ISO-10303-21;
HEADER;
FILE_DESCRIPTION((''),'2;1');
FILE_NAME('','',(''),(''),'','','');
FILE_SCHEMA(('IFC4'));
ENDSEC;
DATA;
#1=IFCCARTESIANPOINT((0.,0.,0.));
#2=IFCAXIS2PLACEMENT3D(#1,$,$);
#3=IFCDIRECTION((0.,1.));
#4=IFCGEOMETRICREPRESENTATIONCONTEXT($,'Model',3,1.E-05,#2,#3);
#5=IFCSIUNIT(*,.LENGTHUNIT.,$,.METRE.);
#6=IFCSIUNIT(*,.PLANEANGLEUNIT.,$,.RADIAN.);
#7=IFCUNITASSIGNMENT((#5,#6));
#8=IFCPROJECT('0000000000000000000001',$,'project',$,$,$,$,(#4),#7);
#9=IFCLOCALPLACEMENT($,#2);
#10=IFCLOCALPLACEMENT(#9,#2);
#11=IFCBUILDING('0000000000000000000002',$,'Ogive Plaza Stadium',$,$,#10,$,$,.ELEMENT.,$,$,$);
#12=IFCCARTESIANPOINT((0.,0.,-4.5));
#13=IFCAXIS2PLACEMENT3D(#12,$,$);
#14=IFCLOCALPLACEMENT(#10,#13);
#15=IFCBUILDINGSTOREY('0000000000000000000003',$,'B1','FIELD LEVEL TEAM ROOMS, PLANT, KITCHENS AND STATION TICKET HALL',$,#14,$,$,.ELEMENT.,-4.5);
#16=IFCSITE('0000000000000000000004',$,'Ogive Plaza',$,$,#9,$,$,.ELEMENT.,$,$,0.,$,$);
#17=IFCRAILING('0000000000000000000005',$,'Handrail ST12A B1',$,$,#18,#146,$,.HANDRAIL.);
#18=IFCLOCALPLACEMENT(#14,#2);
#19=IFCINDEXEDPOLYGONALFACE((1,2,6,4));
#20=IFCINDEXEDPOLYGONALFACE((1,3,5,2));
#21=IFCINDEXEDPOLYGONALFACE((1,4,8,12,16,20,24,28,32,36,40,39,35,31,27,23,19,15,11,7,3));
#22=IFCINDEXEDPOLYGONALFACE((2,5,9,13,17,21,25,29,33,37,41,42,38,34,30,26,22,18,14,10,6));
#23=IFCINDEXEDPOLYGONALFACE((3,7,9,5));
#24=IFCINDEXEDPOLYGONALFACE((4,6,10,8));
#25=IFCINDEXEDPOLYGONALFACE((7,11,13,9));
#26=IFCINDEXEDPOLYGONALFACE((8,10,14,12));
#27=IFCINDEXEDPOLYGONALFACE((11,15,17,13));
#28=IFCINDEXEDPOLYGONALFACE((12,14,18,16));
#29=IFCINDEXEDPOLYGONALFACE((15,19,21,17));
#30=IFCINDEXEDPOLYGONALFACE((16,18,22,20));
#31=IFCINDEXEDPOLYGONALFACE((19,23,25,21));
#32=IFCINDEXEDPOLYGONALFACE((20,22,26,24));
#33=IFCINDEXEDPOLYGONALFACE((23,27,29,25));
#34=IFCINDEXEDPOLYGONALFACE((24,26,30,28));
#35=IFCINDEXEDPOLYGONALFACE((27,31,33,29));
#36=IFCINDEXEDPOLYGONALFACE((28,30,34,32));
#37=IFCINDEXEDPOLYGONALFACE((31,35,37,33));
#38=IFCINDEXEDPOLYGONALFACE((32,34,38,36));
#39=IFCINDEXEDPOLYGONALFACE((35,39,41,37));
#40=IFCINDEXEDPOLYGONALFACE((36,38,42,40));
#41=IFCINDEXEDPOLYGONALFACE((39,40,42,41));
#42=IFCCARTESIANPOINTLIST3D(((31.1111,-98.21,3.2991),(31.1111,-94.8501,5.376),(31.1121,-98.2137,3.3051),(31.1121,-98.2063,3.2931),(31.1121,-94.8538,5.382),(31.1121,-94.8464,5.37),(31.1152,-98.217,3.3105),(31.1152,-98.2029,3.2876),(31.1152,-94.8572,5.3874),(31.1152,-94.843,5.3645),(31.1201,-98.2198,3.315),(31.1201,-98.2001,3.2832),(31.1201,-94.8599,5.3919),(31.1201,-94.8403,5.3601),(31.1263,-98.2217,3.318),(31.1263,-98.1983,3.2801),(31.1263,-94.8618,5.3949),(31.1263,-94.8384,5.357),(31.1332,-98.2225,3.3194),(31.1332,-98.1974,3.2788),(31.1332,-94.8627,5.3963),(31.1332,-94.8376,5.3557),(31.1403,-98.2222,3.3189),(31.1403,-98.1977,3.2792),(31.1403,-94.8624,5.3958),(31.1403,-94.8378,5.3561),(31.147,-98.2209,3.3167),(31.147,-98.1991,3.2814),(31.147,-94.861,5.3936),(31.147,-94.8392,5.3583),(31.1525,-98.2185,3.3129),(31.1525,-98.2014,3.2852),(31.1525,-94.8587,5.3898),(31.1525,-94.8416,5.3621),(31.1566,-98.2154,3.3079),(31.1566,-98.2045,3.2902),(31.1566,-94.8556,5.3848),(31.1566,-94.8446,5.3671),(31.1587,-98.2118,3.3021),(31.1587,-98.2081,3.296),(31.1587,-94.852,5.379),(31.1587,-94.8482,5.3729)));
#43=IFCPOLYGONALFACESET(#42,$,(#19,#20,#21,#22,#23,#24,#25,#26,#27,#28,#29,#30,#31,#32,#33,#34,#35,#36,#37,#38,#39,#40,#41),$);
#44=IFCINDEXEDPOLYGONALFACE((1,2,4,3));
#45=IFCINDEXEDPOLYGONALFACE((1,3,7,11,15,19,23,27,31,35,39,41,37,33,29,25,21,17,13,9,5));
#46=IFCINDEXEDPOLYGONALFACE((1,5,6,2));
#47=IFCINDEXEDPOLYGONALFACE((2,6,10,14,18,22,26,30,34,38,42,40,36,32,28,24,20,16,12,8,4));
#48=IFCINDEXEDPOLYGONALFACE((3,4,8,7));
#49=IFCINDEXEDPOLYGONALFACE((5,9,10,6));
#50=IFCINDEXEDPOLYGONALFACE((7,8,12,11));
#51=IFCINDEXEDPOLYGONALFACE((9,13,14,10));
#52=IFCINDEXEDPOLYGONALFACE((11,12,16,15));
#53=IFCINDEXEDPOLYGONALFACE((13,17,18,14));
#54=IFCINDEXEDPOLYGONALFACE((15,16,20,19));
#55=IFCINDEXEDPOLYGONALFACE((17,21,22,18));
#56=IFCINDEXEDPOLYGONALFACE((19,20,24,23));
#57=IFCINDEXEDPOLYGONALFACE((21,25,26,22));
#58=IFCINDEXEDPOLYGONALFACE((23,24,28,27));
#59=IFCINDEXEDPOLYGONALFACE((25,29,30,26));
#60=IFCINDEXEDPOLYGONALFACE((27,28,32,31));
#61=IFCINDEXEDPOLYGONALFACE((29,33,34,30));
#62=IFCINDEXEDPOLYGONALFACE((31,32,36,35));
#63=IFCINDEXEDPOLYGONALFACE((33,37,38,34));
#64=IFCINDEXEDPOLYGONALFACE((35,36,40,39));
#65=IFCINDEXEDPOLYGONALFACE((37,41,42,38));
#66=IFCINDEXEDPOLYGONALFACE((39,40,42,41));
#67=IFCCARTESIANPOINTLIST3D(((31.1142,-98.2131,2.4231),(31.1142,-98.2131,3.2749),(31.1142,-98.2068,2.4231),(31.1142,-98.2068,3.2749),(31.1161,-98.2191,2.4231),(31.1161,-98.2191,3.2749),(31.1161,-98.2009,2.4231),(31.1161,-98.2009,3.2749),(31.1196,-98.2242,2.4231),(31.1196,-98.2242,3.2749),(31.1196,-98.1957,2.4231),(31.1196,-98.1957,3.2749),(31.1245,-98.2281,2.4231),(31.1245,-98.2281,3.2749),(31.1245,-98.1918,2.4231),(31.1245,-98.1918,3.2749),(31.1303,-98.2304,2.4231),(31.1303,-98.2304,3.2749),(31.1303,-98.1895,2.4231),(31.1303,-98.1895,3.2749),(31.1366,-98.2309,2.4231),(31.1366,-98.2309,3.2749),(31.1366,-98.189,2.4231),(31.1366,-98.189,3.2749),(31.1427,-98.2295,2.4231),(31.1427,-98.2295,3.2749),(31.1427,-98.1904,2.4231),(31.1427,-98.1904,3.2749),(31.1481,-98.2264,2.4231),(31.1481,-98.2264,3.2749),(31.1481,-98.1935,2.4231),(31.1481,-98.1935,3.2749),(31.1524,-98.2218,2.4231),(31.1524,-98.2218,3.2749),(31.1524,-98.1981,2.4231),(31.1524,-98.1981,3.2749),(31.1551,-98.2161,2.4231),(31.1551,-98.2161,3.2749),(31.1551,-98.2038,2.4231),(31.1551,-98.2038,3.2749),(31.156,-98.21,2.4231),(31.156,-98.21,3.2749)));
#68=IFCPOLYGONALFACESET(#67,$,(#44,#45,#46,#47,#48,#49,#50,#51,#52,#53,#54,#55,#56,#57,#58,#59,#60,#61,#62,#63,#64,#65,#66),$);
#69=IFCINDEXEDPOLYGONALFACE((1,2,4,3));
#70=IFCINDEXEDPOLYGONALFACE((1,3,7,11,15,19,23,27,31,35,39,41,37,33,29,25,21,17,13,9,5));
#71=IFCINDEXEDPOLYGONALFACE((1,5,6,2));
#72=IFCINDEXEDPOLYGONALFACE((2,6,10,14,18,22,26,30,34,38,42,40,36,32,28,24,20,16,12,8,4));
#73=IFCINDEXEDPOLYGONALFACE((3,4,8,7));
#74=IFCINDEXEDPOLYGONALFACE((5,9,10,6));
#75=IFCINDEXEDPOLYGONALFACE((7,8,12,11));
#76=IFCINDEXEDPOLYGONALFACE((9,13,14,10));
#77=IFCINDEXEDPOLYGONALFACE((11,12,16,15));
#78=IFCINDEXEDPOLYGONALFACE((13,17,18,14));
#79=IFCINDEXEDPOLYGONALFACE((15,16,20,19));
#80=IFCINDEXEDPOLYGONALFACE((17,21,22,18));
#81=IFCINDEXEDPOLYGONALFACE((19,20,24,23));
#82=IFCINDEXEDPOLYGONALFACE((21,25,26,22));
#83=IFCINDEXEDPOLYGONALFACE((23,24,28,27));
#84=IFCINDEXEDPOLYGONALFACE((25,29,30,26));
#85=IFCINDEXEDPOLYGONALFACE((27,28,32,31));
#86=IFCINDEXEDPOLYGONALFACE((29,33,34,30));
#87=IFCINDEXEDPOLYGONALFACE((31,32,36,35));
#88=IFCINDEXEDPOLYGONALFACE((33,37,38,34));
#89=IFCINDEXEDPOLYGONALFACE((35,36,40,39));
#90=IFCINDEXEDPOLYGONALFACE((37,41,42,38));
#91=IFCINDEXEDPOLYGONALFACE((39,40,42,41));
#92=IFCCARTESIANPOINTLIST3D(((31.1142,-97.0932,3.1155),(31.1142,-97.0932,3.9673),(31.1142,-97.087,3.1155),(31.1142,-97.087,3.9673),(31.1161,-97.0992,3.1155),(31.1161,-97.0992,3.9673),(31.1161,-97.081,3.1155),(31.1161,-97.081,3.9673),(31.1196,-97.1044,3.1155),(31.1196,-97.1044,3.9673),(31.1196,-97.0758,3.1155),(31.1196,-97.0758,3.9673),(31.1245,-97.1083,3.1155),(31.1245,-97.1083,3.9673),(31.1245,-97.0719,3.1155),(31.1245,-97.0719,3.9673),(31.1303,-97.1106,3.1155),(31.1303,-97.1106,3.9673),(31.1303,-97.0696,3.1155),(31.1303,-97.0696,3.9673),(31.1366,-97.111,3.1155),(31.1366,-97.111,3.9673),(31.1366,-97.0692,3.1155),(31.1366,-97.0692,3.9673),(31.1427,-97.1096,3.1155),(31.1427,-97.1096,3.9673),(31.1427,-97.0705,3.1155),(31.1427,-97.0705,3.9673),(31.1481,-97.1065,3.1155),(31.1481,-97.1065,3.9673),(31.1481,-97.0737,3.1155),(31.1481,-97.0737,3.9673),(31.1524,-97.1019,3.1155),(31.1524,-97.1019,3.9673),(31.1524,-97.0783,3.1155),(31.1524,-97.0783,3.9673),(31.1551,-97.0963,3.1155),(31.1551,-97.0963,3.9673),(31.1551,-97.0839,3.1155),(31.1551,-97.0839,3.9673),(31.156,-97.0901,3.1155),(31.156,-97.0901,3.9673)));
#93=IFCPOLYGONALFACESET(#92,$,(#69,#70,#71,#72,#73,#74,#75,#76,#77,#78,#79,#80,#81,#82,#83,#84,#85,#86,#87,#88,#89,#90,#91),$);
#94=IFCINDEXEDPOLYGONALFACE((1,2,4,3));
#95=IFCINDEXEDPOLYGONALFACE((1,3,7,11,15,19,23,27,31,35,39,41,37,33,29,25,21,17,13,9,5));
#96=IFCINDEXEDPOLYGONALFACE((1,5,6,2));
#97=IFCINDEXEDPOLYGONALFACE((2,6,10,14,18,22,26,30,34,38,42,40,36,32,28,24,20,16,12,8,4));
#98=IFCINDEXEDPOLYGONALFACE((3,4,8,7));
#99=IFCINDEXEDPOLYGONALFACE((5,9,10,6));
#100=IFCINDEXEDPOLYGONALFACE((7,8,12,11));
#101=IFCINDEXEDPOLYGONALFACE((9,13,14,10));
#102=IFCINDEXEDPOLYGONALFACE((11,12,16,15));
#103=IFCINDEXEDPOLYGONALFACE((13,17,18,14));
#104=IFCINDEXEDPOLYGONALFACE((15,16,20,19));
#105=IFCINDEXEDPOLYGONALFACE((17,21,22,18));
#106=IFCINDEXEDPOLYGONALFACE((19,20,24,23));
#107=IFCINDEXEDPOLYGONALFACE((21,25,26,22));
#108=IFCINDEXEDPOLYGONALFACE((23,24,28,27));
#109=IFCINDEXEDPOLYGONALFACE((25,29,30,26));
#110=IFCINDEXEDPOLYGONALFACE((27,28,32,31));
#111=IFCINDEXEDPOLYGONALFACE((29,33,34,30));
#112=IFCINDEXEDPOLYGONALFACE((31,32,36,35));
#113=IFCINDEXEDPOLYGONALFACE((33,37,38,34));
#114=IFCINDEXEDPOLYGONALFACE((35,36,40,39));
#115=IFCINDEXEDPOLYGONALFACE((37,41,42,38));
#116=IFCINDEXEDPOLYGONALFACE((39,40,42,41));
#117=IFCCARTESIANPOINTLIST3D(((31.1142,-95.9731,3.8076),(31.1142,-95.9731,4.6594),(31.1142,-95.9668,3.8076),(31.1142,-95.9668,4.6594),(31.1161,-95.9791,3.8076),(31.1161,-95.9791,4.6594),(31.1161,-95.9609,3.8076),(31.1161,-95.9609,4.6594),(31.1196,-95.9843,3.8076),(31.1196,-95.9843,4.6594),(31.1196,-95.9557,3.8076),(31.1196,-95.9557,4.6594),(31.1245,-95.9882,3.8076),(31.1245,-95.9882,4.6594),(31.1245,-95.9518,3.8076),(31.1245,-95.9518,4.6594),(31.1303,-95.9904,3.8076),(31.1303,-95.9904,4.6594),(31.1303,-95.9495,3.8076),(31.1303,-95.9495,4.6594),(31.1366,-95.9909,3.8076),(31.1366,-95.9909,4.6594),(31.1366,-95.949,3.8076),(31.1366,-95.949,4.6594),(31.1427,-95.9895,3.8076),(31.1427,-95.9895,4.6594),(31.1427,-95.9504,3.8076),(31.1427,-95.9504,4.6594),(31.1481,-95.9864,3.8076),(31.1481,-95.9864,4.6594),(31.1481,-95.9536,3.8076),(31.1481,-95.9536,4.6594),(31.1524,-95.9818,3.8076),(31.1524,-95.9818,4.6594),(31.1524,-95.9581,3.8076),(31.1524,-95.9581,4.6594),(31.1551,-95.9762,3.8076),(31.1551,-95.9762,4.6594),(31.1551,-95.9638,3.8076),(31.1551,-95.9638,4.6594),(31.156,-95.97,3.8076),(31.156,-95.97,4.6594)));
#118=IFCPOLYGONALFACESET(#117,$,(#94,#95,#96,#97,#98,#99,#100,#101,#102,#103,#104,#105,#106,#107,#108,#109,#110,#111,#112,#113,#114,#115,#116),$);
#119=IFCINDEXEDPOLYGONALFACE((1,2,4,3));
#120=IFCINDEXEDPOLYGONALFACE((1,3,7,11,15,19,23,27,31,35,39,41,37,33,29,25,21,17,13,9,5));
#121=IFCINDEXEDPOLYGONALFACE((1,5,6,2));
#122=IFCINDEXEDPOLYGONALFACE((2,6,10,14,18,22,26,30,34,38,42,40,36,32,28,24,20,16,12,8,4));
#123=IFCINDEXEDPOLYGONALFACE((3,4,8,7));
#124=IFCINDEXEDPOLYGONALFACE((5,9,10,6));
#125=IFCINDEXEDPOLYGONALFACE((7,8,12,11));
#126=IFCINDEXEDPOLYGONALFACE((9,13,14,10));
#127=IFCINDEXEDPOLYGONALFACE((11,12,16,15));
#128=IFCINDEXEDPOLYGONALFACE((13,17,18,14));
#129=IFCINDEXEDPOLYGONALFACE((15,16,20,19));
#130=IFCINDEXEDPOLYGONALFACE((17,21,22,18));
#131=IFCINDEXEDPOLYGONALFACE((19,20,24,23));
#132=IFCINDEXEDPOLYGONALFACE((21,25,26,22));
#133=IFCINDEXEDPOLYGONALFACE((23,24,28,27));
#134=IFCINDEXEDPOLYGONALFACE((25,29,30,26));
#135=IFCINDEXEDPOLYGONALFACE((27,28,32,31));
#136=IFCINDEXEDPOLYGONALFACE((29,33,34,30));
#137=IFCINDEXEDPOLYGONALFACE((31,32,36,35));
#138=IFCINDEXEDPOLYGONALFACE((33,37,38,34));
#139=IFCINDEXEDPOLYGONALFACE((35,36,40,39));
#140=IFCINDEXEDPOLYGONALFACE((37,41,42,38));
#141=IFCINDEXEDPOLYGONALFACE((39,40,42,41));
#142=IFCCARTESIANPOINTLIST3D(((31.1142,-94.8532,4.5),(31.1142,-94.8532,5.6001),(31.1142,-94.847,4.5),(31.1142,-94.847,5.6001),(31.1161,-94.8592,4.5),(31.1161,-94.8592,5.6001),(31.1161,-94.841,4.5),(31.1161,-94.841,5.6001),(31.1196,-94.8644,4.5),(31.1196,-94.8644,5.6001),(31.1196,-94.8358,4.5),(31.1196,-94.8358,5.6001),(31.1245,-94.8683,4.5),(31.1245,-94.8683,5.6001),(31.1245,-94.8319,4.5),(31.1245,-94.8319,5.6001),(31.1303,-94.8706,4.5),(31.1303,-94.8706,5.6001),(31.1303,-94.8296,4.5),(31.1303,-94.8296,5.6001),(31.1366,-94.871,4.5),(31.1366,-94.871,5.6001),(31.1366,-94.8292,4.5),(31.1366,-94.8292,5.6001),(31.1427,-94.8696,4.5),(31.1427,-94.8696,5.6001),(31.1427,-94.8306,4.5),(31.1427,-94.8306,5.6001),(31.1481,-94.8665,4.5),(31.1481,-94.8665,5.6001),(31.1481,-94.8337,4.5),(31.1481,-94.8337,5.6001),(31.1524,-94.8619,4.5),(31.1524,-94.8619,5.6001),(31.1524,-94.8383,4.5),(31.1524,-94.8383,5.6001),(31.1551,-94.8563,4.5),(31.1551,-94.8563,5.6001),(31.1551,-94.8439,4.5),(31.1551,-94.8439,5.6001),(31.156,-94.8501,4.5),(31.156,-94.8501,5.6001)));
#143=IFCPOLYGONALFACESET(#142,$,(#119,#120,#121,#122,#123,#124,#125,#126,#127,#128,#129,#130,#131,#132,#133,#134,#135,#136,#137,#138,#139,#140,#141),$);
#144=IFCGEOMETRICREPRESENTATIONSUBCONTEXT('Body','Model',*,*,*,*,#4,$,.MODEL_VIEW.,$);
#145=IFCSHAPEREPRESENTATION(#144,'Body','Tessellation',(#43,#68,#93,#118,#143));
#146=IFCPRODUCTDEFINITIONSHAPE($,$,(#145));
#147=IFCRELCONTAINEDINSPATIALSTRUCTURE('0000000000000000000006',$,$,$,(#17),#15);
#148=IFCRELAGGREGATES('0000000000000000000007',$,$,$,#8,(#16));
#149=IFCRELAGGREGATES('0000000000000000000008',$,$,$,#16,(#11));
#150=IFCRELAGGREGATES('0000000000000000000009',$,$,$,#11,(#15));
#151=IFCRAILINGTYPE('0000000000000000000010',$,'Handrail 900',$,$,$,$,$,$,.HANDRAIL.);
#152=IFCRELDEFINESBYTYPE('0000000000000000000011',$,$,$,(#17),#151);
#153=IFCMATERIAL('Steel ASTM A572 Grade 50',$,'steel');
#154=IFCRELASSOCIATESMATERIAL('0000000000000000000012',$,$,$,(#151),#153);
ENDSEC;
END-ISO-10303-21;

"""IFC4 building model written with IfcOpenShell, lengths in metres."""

from ifc_helpers import new_model, si_unit, direction, frame, origin, origin_2d, place, context, subcontext, project, spatial, circle, extrude, material, type_object, element, save


model = new_model("IFC4")

# Units and contexts
model_context = context("Model", 3, precision=1e-05, world=origin(), true_north=direction((0.0, 1.0)))
body_context = subcontext(model_context, "Body", "Model", "MODEL_VIEW")
ifc_project = project(units=[si_unit("LENGTHUNIT", "METRE"), si_unit("PLANEANGLEUNIT", "RADIAN")], contexts=[model_context])

# Site, building, storey
site_placement = place(None, origin())
site = spatial("IfcSite", under=ifc_project, at=site_placement, Name="Ogive Plaza", CompositionType="ELEMENT", RefElevation=0.0)
building_placement = place(site_placement, origin())
building = spatial("IfcBuilding", under=site, at=building_placement, Name="Ogive Plaza Stadium", CompositionType="ELEMENT")
storey_placement = place(building_placement, frame((0.0, 0.0, -4.5)))
storey = spatial("IfcBuildingStorey", under=building, at=storey_placement, Name="B1", Description="FIELD LEVEL TEAM ROOMS, PLANT, KITCHENS AND STATION TICKET HALL", CompositionType="ELEMENT", Elevation=-4.5)

# Railing
ifc_material_1 = material(Name="Steel ASTM A572 Grade 50", Category="steel")
railing_type_1 = type_object("IfcRailingType", Name="Handrail 900", PredefinedType="HANDRAIL", material=ifc_material_1)
for number, where, name in (
    (1, (31.135, -98.21, 2.4231), "Handrail ST12A B1"),
):
    element("IfcRailing", number, at=place(storey_placement, frame(where)), inside=storey, type_object=railing_type_1, Name=name, PredefinedType="HANDRAIL", context=body_context, shape_type="SweptSolid", body=[
        extrude(circle(Radius=0.0239, at=origin_2d()), frame((0.0, 0.0, 0.876), z_axis=(0.0, 0.850606, 0.525803), x_axis=(-1.0, 0.0, 0.0)), (0.0, 0.0, 1.0), 3.95),
        extrude(circle(Radius=0.021, at=origin_2d()), origin(), (0.0, 0.0, 1.0), 0.8518),
        extrude(circle(Radius=0.021, at=origin_2d()), frame((0.0, 1.1199, 0.6924)), (0.0, 0.0, 1.0), 0.8518),
        extrude(circle(Radius=0.021, at=origin_2d()), frame((0.0, 2.24, 1.3845)), (0.0, 0.0, 1.0), 0.8518),
        extrude(circle(Radius=0.021, at=origin_2d()), frame((0.0, 3.3599, 2.0769)), (0.0, 0.0, 1.0), 1.1001),
    ])

save(model, "model.ifc")
